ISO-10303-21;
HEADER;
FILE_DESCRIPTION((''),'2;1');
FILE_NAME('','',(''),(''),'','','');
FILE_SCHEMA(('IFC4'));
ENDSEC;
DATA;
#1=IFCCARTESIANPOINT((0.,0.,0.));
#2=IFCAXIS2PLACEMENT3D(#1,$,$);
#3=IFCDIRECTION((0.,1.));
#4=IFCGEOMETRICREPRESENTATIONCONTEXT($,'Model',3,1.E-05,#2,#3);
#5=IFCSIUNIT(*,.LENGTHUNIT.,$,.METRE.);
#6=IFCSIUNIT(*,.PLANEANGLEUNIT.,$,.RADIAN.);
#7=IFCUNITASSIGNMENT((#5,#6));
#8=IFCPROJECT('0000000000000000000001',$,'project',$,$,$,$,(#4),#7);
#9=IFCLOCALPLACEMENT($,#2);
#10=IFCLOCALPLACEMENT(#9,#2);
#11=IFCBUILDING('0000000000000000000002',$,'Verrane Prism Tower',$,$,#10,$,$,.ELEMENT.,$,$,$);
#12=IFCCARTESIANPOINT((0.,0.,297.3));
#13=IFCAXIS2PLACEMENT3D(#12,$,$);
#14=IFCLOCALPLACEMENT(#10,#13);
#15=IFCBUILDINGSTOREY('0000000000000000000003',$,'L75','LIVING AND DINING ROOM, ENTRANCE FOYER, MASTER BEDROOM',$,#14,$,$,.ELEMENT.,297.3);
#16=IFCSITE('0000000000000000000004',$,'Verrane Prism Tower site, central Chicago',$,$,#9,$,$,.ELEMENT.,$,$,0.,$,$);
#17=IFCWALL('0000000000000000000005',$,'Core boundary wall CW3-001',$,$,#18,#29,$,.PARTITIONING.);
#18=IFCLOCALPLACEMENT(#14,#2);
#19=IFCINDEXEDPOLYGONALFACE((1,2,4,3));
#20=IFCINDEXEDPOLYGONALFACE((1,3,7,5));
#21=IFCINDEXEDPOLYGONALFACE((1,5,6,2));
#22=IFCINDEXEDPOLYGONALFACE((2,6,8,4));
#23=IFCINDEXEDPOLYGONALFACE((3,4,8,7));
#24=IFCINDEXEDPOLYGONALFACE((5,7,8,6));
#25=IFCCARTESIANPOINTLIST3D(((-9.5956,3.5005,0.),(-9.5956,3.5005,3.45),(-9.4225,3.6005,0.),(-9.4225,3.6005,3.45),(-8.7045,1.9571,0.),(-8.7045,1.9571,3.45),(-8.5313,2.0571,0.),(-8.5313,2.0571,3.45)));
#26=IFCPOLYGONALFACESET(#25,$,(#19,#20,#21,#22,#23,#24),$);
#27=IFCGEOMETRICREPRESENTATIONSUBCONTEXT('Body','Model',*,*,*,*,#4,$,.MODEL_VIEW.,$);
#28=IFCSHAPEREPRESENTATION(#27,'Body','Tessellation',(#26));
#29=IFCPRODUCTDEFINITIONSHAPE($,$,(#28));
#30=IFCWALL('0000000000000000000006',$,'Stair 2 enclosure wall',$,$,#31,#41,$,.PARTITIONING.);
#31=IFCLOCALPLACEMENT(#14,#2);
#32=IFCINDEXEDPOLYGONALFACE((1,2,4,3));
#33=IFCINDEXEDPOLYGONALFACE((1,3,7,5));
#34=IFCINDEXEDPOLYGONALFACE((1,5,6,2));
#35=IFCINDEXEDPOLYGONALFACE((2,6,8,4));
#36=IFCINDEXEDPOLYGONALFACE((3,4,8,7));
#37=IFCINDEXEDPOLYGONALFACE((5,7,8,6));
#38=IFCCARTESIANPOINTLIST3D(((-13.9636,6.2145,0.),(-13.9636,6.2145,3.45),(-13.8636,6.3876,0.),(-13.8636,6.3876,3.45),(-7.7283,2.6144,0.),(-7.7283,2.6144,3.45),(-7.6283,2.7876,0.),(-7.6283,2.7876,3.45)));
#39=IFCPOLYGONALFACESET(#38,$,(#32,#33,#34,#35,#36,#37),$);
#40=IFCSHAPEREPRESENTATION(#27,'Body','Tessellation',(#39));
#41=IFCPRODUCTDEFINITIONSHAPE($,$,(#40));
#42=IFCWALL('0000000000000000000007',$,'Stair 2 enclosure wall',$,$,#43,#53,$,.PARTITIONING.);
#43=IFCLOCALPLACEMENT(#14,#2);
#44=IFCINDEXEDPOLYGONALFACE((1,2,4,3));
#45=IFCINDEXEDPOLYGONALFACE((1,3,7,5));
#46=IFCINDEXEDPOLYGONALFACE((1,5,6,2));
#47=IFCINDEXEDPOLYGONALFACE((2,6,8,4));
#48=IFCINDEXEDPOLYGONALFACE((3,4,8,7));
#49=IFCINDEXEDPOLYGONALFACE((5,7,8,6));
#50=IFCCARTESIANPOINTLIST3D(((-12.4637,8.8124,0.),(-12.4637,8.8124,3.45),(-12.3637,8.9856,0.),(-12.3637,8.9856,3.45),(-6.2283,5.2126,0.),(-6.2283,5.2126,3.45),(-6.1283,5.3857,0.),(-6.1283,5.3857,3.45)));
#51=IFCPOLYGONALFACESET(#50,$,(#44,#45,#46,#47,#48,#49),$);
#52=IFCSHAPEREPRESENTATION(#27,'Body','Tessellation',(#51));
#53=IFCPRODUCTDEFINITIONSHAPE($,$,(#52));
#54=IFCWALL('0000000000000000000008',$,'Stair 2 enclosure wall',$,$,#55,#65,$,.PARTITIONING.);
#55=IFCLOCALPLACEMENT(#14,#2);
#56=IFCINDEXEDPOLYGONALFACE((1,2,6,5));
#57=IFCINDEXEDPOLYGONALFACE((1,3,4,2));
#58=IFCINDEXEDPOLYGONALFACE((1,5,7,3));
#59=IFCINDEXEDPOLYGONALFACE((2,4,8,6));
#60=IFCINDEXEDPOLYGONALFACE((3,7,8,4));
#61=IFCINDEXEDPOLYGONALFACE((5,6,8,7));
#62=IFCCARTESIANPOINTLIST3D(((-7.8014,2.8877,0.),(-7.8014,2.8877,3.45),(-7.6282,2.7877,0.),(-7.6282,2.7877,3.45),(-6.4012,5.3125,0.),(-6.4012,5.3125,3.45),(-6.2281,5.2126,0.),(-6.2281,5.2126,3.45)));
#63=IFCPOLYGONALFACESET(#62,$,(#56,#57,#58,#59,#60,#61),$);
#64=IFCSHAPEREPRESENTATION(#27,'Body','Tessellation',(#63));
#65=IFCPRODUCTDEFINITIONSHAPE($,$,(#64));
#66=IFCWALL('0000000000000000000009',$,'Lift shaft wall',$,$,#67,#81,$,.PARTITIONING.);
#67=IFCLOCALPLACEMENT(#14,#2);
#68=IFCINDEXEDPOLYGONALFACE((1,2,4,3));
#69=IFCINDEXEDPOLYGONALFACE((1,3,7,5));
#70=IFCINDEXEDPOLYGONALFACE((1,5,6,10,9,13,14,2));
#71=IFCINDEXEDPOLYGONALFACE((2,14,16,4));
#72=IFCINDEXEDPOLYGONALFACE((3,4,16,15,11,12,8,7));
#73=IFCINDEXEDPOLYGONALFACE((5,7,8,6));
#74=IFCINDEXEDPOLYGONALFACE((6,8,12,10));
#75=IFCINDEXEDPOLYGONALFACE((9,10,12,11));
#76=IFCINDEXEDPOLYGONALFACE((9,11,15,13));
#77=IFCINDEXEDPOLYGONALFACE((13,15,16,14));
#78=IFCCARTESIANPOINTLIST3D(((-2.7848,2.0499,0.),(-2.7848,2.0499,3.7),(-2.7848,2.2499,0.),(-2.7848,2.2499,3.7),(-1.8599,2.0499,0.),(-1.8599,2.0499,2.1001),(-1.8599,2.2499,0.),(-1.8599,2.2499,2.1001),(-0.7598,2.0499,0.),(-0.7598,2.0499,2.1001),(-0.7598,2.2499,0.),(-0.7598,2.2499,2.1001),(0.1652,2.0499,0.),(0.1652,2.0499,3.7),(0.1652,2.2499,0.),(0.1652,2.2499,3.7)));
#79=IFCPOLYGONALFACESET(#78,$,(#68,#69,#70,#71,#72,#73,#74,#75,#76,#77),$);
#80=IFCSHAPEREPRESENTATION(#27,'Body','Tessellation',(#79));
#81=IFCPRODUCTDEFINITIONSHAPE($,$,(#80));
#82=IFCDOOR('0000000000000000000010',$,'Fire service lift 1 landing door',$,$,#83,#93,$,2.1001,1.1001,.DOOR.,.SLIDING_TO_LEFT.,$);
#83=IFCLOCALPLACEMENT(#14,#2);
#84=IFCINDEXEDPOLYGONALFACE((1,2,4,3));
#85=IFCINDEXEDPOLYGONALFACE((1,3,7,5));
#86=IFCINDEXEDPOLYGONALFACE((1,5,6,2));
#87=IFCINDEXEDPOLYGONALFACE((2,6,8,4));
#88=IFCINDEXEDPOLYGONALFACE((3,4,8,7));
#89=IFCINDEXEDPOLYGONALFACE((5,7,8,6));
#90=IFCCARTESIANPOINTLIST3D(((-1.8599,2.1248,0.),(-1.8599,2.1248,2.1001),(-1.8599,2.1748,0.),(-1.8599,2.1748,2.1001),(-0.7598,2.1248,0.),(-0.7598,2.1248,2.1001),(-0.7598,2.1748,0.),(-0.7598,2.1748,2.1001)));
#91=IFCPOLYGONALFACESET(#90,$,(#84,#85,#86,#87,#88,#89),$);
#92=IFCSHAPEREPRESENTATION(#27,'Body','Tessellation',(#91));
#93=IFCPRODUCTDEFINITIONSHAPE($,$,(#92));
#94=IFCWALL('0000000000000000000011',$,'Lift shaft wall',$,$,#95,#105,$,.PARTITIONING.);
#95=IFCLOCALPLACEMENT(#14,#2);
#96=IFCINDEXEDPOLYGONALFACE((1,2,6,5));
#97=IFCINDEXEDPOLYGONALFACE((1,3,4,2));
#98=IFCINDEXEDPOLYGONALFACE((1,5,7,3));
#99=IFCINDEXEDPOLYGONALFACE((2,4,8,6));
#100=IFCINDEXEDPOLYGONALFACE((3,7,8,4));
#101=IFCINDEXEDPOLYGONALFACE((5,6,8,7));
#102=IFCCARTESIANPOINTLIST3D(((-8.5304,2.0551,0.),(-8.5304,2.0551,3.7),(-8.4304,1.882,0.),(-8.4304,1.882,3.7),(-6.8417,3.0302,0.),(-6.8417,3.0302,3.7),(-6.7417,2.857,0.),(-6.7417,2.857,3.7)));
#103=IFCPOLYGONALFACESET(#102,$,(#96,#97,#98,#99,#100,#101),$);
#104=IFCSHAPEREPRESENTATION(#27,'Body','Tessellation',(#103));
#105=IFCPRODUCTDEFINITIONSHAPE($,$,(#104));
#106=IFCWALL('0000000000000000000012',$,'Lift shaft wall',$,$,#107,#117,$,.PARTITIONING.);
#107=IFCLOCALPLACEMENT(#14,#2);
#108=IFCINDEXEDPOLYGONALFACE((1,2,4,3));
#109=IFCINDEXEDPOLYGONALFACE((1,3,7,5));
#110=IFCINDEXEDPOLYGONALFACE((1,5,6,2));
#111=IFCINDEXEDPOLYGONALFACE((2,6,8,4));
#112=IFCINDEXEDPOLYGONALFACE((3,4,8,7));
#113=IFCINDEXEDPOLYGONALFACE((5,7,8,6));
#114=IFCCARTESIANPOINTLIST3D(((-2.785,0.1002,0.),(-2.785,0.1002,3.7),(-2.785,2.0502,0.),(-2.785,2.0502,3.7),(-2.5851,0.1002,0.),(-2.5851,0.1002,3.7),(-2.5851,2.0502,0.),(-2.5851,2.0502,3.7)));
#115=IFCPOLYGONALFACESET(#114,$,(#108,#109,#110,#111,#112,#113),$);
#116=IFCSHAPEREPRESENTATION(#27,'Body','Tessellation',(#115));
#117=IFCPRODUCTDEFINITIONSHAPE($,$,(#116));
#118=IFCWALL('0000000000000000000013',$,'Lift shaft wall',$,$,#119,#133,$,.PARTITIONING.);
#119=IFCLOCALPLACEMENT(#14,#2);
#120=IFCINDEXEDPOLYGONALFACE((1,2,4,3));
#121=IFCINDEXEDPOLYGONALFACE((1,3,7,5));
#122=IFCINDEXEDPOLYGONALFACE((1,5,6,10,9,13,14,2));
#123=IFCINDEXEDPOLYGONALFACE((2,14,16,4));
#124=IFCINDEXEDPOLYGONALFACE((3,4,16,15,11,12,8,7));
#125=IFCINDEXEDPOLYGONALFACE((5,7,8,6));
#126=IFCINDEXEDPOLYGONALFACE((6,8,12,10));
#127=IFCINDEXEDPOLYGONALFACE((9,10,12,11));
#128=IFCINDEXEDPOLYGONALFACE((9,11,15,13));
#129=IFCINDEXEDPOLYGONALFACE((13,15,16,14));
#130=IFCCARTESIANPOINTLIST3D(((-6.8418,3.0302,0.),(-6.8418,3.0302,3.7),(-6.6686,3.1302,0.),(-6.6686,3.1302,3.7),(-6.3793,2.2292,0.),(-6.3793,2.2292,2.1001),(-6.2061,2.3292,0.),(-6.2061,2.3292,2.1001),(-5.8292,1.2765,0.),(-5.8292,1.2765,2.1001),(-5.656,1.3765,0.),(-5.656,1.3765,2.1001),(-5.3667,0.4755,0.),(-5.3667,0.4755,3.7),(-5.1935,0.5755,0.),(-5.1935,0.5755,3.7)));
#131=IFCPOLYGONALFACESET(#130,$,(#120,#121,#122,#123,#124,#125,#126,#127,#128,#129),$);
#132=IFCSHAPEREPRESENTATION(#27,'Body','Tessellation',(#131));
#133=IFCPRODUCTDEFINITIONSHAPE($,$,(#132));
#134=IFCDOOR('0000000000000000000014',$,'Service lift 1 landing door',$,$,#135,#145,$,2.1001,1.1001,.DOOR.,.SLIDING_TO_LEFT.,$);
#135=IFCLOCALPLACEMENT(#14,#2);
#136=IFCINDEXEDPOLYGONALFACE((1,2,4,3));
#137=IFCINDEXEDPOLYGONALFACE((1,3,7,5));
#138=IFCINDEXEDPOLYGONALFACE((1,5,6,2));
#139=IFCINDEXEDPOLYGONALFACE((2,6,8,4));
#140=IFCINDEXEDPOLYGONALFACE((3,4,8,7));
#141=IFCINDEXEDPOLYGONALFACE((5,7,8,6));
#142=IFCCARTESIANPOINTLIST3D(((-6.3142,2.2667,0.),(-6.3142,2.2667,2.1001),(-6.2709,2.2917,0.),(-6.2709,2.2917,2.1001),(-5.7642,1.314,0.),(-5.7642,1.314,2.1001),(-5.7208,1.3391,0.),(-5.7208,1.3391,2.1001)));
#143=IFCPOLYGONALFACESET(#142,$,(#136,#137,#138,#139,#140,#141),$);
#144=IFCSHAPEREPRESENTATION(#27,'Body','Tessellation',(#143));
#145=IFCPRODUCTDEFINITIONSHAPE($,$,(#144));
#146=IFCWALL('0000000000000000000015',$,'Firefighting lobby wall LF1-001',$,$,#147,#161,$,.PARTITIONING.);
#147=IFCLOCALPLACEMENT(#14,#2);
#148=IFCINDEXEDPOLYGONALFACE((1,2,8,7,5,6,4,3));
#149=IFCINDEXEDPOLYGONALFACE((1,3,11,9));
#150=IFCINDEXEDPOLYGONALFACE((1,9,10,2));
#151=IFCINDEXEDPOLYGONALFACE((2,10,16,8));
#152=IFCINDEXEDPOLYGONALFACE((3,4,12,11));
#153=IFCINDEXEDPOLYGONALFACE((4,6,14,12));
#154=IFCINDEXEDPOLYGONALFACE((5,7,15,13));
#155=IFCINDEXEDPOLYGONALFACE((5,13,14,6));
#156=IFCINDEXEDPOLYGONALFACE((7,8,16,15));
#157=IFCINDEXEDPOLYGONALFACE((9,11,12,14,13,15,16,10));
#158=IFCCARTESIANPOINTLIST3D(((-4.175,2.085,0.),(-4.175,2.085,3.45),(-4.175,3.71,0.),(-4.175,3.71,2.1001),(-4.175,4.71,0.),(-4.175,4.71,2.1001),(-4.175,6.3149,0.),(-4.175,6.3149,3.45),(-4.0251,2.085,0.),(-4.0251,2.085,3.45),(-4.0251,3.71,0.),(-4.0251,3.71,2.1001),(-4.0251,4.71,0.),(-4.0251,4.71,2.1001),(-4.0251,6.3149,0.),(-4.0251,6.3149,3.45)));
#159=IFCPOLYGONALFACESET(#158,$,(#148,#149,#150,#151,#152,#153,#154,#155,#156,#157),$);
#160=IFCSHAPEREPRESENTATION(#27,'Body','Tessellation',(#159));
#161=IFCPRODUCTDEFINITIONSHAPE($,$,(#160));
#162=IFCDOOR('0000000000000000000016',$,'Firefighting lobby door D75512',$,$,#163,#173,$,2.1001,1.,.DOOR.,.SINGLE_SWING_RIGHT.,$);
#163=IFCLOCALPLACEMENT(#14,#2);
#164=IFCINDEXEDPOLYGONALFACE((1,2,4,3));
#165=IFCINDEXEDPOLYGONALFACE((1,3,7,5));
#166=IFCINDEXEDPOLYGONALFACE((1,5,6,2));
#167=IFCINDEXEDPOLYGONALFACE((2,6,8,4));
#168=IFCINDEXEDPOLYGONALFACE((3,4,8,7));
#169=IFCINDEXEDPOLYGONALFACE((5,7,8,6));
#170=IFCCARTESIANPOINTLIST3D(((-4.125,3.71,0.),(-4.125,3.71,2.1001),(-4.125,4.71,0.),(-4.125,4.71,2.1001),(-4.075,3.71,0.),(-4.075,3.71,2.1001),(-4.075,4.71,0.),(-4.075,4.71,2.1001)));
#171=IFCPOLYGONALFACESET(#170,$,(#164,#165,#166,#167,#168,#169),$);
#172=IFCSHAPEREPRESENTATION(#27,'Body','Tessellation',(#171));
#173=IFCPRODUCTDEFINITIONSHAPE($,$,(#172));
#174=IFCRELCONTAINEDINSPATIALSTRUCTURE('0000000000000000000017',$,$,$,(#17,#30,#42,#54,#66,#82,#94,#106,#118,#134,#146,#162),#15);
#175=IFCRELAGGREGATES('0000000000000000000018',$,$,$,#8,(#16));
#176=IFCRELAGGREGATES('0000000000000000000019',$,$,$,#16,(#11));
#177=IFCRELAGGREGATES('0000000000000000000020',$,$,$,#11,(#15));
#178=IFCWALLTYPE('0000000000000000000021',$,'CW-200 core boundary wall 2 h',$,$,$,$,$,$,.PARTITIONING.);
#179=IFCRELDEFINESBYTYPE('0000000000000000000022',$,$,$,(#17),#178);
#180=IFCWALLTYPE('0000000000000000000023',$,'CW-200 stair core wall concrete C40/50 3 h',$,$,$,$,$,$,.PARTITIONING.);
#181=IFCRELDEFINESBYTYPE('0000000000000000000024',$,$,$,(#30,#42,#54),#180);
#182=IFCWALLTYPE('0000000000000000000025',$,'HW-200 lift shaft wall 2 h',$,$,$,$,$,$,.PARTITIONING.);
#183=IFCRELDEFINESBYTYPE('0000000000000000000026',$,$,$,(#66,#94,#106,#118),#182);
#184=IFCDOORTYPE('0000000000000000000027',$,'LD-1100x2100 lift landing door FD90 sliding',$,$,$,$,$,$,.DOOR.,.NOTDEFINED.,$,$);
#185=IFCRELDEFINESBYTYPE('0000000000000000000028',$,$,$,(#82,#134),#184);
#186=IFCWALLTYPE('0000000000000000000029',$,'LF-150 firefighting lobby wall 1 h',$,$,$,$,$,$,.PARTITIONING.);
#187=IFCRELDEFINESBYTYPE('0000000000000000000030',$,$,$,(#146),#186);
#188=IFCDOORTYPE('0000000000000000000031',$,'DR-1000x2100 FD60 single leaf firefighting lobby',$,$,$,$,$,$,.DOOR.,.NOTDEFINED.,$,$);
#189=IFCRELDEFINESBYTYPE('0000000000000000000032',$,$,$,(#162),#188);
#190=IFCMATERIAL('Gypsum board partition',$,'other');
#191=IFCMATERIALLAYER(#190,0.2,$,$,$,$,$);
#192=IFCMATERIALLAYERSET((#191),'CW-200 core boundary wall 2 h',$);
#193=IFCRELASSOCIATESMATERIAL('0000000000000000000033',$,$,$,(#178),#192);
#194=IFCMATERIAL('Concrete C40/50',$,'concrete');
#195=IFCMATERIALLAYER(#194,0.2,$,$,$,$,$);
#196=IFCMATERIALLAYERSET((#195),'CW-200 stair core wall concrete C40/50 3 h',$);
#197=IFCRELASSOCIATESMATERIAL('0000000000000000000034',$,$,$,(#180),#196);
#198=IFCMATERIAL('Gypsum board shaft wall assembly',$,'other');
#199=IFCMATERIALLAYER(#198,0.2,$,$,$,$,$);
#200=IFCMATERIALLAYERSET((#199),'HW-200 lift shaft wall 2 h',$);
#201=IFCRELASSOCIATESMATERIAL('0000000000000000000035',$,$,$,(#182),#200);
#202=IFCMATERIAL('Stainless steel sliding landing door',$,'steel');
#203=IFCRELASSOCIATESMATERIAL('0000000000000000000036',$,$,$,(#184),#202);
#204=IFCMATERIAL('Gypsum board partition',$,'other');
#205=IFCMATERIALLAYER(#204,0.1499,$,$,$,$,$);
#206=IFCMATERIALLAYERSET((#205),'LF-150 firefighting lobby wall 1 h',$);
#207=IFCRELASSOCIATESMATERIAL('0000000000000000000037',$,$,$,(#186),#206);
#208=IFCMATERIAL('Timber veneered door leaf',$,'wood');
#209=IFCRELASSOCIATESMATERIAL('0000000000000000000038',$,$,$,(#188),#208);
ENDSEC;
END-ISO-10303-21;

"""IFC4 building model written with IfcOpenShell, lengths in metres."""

from ifc_helpers import new_model, si_unit, direction, frame, frame_2d, origin, place, context, subcontext, project, spatial, rectangle, extrude, material, layer, layer_set, type_object, element, fill, save


model = new_model("IFC4")

# Units and contexts
model_context = context("Model", 3, precision=1e-05, world=origin(), true_north=direction((0.0, 1.0)))
body_context = subcontext(model_context, "Body", "Model", "MODEL_VIEW")
ifc_project = project(units=[si_unit("LENGTHUNIT", "METRE"), si_unit("PLANEANGLEUNIT", "RADIAN")], contexts=[model_context])

# Site, building, storey
site_placement = place(None, origin())
site = spatial("IfcSite", under=ifc_project, at=site_placement, Name="Verrane Prism Tower site, central Chicago", CompositionType="ELEMENT", RefElevation=0.0)
building_placement = place(site_placement, origin())
building = spatial("IfcBuilding", under=site, at=building_placement, Name="Verrane Prism Tower", CompositionType="ELEMENT")
storey_placement = place(building_placement, frame((0.0, 0.0, 297.3)))
storey = spatial("IfcBuildingStorey", under=building, at=storey_placement, Name="L75", Description="LIVING AND DINING ROOM, ENTRANCE FOYER, MASTER BEDROOM", CompositionType="ELEMENT", Elevation=297.3)

# Walls
ifc_material_1 = material(Name="Gypsum board partition", Category="other")
ifc_layer_1 = layer(ifc_material_1, 0.2)
ifc_layer_set_1 = layer_set([ifc_layer_1], Name="CW-200 core boundary wall 2 h")
wall_type_1 = type_object("IfcWallType", Name="CW-200 core boundary wall 2 h", PredefinedType="PARTITIONING", material=ifc_layer_set_1)
wall_1_placement = place(storey_placement, frame((-9.509, 3.5505, 0.0), z_axis=(0.0, 0.0, 1.0), x_axis=(0.499999, -0.866026, 0.0)))
element("IfcWall", 1, at=wall_1_placement, inside=storey, type_object=wall_type_1, Name="Core boundary wall CW3-001", PredefinedType="PARTITIONING", context=body_context, shape_type="SweptSolid", body=[
    extrude(rectangle(XDim=1.7822, YDim=0.2, at=frame_2d((0.8911, 0.0))), origin(), (0.0, 0.0, 1.0), 3.45),
])
ifc_material_2 = material(Name="Concrete C40/50", Category="concrete")
ifc_layer_2 = layer(ifc_material_2, 0.2)
ifc_layer_set_2 = layer_set([ifc_layer_2], Name="CW-200 stair core wall concrete C40/50 3 h")
wall_type_2 = type_object("IfcWallType", Name="CW-200 stair core wall concrete C40/50 3 h", PredefinedType="PARTITIONING", material=ifc_layer_set_2)
for number, where, z_axis, x_axis, name in (
    (2, (-7.6782, 2.7009, 0.0), (0.0, 0.0, 1.0), (-0.866018, 0.500012, 0.0), "Stair 2 enclosure wall"),
    (3, (-6.1782, 5.2991, 0.0), (0.0, 0.0, 1.0), (-0.866033, 0.499987, 0.0), "Stair 2 enclosure wall"),
):
    element("IfcWall", number, at=place(storey_placement, frame(where, z_axis=z_axis, x_axis=x_axis)), inside=storey, type_object=wall_type_2, Name=name, PredefinedType="PARTITIONING", context=body_context, shape_type="SweptSolid", body=[
        extrude(rectangle(XDim=7.2, YDim=0.2, at=frame_2d((3.6001, 0.0))), origin(), (0.0, 0.0, 1.0), 3.45),
    ])
wall_2_placement = place(storey_placement, frame((-6.3147, 5.2625, 0.0), z_axis=(0.0, 0.0, 1.0), x_axis=(-0.50005, -0.865997, 0.0)))
element("IfcWall", 4, at=wall_2_placement, inside=storey, type_object=wall_type_2, Name="Stair 2 enclosure wall", PredefinedType="PARTITIONING", context=body_context, shape_type="SweptSolid", body=[
    extrude(rectangle(XDim=2.8, YDim=0.2, at=frame_2d((1.3999, 0.0))), origin(), (0.0, 0.0, 1.0), 3.45),
])

# Wall, opening, door
ifc_material_3 = material(Name="Gypsum board shaft wall assembly", Category="other")
ifc_layer_3 = layer(ifc_material_3, 0.2)
ifc_layer_set_3 = layer_set([ifc_layer_3], Name="HW-200 lift shaft wall 2 h")
wall_type_3 = type_object("IfcWallType", Name="HW-200 lift shaft wall 2 h", PredefinedType="PARTITIONING", material=ifc_layer_set_3)
wall_3_placement = place(storey_placement, frame((-2.7849, 2.1499, 0.0), z_axis=(0.0, 0.0, 1.0), x_axis=(1.0, 0.0, 0.0)))
wall_3 = element("IfcWall", 5, at=wall_3_placement, inside=storey, type_object=wall_type_3, Name="Lift shaft wall", PredefinedType="PARTITIONING", context=body_context, shape_type="SweptSolid", body=[
    extrude(rectangle(XDim=2.95, YDim=0.2, at=frame_2d((1.4751, 0.0))), origin(), (0.0, 0.0, 1.0), 3.7),
])
opening_1_placement = place(wall_3_placement, frame((0.925, 0.0, 0.0)))
opening_1 = element("IfcOpeningElement", 6, at=opening_1_placement, cuts=wall_3, PredefinedType="OPENING", context=body_context, shape_type="SweptSolid", body=[
    extrude(rectangle(XDim=1.1001, YDim=2.1001, at=frame_2d((0.55, 1.05))), frame((0.0, 0.1099, 0.0), z_axis=(0.0, -1.0, 0.0), x_axis=(1.0, 0.0, 0.0)), (0.0, 0.0, 1.0), 0.22),
])
ifc_material_4 = material(Name="Stainless steel sliding landing door", Category="steel")
door_type_1 = type_object("IfcDoorType", Name="LD-1100x2100 lift landing door FD90 sliding", OperationType="NOTDEFINED", PredefinedType="DOOR", material=ifc_material_4)
door_1_placement = place(opening_1_placement, origin())
door_1 = element("IfcDoor", 7, at=door_1_placement, inside=storey, type_object=door_type_1, Name="Fire service lift 1 landing door", OperationType="SLIDING_TO_LEFT", OverallHeight=2.1001, OverallWidth=1.1001, PredefinedType="DOOR", context=body_context, shape_type="SweptSolid", body=[
    extrude(rectangle(XDim=1.1001, YDim=2.1001, at=frame_2d((0.55, 1.05))), frame((0.0, 0.0249, 0.0), z_axis=(0.0, -1.0, 0.0), x_axis=(1.0, 0.0, 0.0)), (0.0, 0.0, 1.0), 0.05),
])
fill(opening_1, door_1)

# Walls
for number, where, z_axis, x_axis, name in (
    (8, (-8.4805, 1.9685, 0.0), (0.0, 0.0, 1.0), (0.866, 0.500044, 0.0), "Lift shaft wall"),
    (9, (-2.6851, 0.1001, 0.0), (0.0, 0.0, 1.0), (0.0, 1.0, 0.0), "Lift shaft wall"),
):
    element("IfcWall", number, at=place(storey_placement, frame(where, z_axis=z_axis, x_axis=x_axis)), inside=storey, type_object=wall_type_3, Name=name, PredefinedType="PARTITIONING", context=body_context, shape_type="SweptSolid", body=[
        extrude(rectangle(XDim=1.95, YDim=0.2, at=frame_2d((0.9751, 0.0))), origin(), (0.0, 0.0, 1.0), 3.7),
    ])

# Walls, openings, doors
wall_4_placement = place(storey_placement, frame((-5.28, 0.5254, 0.0), z_axis=(0.0, 0.0, 1.0), x_axis=(-0.500038, 0.866004, 0.0)))
wall_4 = element("IfcWall", 10, at=wall_4_placement, inside=storey, type_object=wall_type_3, Name="Lift shaft wall", PredefinedType="PARTITIONING", context=body_context, shape_type="SweptSolid", body=[
    extrude(rectangle(XDim=2.95, YDim=0.2, at=frame_2d((1.4751, 0.0))), origin(), (0.0, 0.0, 1.0), 3.7),
])
opening_2_placement = place(wall_4_placement, frame((0.925, 0.0, 0.0)))
opening_2 = element("IfcOpeningElement", 11, at=opening_2_placement, cuts=wall_4, PredefinedType="OPENING", context=body_context, shape_type="SweptSolid", body=[
    extrude(rectangle(XDim=1.1001, YDim=2.1001, at=frame_2d((0.55, 1.05))), frame((0.0, 0.1099, 0.0), z_axis=(0.0, -1.0, 0.0), x_axis=(1.0, 0.0, 0.0)), (0.0, 0.0, 1.0), 0.22),
])
door_2_placement = place(opening_2_placement, origin())
door_2 = element("IfcDoor", 12, at=door_2_placement, inside=storey, type_object=door_type_1, Name="Service lift 1 landing door", OperationType="SLIDING_TO_LEFT", OverallHeight=2.1001, OverallWidth=1.1001, PredefinedType="DOOR", context=body_context, shape_type="SweptSolid", body=[
    extrude(rectangle(XDim=1.1001, YDim=2.1001, at=frame_2d((0.55, 1.05))), frame((0.0, 0.0249, 0.0), z_axis=(0.0, -1.0, 0.0), x_axis=(1.0, 0.0, 0.0)), (0.0, 0.0, 1.0), 0.05),
])
fill(opening_2, door_2)
ifc_material_5 = material(Name="Gypsum board partition", Category="other")
ifc_layer_4 = layer(ifc_material_5, 0.1499)
ifc_layer_set_4 = layer_set([ifc_layer_4], Name="LF-150 firefighting lobby wall 1 h")
wall_type_4 = type_object("IfcWallType", Name="LF-150 firefighting lobby wall 1 h", PredefinedType="PARTITIONING", material=ifc_layer_set_4)
wall_5_placement = place(storey_placement, frame((-4.1001, 2.085, 0.0), z_axis=(0.0, 0.0, 1.0), x_axis=(0.0, 1.0, 0.0)))
wall_5 = element("IfcWall", 13, at=wall_5_placement, inside=storey, type_object=wall_type_4, Name="Firefighting lobby wall LF1-001", PredefinedType="PARTITIONING", context=body_context, shape_type="SweptSolid", body=[
    extrude(rectangle(XDim=4.23, YDim=0.1499, at=frame_2d((2.115, 0.0))), origin(), (0.0, 0.0, 1.0), 3.45),
])
opening_3_placement = place(wall_5_placement, frame((1.625, 0.0, 0.0)))
opening_3 = element("IfcOpeningElement", 14, at=opening_3_placement, cuts=wall_5, PredefinedType="OPENING", context=body_context, shape_type="SweptSolid", body=[
    extrude(rectangle(XDim=1.0, YDim=2.1001, at=frame_2d((0.5, 1.05))), frame((0.0, 0.085, 0.0), z_axis=(0.0, -1.0, 0.0), x_axis=(1.0, 0.0, 0.0)), (0.0, 0.0, 1.0), 0.1699),
])
ifc_material_6 = material(Name="Timber veneered door leaf", Category="wood")
door_type_2 = type_object("IfcDoorType", Name="DR-1000x2100 FD60 single leaf firefighting lobby", OperationType="NOTDEFINED", PredefinedType="DOOR", material=ifc_material_6)
door_3_placement = place(opening_3_placement, origin())
door_3 = element("IfcDoor", 15, at=door_3_placement, inside=storey, type_object=door_type_2, Name="Firefighting lobby door D75512", OperationType="SINGLE_SWING_RIGHT", OverallHeight=2.1001, OverallWidth=1.0, PredefinedType="DOOR", context=body_context, shape_type="SweptSolid", body=[
    extrude(rectangle(XDim=1.0, YDim=2.1001, at=frame_2d((0.5, 1.05))), frame((0.0, 0.0249, 0.0), z_axis=(0.0, -1.0, 0.0), x_axis=(1.0, 0.0, 0.0)), (0.0, 0.0, 1.0), 0.05),
])
fill(opening_3, door_3)

save(model, "model.ifc")
